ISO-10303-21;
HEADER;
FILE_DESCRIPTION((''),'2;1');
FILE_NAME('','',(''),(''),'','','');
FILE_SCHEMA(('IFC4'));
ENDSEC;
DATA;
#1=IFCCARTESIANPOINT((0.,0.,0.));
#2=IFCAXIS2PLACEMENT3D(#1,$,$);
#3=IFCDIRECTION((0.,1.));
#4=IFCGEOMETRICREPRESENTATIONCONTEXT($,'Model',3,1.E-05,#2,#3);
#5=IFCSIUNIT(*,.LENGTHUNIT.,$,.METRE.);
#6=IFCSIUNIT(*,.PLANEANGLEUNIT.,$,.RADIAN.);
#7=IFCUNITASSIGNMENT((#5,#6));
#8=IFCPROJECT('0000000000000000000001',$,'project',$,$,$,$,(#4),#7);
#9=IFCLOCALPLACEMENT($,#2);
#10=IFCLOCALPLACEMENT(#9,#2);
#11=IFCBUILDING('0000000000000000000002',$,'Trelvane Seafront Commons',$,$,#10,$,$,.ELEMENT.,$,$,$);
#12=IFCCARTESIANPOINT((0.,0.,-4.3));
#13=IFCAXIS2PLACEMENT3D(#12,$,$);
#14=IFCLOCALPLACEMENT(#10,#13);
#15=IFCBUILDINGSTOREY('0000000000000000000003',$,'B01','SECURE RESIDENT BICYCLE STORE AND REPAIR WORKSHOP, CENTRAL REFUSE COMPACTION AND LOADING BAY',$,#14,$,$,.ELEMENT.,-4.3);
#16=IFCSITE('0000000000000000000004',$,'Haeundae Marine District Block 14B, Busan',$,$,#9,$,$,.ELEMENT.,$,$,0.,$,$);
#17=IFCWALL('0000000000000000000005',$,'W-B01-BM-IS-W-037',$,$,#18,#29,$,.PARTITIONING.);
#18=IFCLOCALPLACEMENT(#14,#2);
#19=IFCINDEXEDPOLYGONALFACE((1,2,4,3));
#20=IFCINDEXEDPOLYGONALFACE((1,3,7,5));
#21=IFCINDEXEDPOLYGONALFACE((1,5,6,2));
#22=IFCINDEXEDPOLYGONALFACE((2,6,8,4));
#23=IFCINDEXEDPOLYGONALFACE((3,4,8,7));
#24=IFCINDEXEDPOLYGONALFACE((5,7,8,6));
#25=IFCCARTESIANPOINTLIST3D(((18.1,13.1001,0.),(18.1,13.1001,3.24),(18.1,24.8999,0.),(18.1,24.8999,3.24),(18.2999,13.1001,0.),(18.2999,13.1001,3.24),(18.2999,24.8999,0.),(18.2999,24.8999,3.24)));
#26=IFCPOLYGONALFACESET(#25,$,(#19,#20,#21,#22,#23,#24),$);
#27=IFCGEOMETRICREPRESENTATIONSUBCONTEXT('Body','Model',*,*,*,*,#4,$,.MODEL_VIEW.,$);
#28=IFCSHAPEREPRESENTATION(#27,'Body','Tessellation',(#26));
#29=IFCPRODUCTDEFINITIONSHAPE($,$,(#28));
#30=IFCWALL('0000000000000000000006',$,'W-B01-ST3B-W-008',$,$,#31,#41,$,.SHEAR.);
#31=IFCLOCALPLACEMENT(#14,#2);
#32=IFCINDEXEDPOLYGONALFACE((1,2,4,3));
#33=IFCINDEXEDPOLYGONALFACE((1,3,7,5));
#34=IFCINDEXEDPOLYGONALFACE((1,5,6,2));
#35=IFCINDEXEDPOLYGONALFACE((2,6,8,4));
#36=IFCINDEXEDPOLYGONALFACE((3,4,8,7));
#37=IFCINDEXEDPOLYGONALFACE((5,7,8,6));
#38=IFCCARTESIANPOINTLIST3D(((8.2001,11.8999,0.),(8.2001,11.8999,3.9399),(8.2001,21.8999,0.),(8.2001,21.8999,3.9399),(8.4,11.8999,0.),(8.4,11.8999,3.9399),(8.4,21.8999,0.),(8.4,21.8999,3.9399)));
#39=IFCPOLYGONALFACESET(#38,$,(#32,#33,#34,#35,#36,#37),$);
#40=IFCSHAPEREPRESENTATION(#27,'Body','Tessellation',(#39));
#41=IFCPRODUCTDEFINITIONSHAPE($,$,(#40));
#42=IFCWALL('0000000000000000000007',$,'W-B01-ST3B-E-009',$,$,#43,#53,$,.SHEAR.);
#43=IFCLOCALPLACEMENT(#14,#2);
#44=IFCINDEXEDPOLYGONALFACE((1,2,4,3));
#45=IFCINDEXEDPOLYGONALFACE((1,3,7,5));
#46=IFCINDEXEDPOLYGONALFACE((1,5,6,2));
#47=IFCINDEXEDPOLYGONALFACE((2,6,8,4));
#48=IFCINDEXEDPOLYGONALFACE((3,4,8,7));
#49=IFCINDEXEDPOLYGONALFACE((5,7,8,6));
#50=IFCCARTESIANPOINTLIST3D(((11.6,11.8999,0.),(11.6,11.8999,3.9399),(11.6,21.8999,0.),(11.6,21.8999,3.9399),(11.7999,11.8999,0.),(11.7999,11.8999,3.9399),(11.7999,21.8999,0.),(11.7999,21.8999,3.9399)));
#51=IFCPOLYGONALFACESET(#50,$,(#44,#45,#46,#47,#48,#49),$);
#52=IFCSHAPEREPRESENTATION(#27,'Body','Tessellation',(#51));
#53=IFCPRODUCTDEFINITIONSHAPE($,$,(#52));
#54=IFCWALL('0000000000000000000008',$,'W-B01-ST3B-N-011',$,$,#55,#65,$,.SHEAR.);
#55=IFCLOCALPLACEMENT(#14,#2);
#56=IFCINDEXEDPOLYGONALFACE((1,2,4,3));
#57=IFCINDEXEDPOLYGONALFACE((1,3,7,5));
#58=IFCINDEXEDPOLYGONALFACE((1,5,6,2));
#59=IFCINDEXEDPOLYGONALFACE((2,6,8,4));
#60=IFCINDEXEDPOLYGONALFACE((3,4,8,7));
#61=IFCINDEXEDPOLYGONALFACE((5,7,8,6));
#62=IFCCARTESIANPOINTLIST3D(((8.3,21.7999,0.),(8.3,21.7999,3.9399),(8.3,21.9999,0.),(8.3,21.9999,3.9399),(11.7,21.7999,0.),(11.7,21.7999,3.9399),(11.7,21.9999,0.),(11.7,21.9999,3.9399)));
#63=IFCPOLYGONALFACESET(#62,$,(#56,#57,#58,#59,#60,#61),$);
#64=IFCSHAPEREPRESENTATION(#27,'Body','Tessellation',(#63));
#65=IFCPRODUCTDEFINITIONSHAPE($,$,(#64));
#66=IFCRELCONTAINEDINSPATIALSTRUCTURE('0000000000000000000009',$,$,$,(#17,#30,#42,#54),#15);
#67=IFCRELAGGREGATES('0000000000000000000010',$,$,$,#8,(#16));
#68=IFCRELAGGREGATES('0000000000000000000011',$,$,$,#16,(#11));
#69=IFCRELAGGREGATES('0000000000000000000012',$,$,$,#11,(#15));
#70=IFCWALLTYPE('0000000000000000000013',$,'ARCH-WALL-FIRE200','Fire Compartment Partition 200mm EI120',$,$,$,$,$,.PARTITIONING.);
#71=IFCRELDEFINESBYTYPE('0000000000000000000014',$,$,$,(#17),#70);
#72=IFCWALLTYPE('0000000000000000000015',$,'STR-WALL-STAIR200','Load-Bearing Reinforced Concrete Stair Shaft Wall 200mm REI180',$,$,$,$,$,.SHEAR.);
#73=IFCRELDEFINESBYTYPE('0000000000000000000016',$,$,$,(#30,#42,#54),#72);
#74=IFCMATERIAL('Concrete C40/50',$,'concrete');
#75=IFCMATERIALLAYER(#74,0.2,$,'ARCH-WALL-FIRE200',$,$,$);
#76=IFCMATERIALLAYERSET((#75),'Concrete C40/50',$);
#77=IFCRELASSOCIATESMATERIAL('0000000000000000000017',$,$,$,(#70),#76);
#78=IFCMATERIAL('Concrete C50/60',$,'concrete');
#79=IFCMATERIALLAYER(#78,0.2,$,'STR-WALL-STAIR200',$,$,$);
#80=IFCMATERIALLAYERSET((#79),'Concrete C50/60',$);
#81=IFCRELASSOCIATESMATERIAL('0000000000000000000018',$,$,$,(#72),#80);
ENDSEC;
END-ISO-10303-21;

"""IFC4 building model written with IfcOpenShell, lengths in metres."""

from ifc_helpers import new_model, si_unit, direction, frame, frame_2d, origin, place, context, subcontext, project, spatial, rectangle, extrude, material, layer, layer_set, type_object, element, save


model = new_model("IFC4")

# Units and contexts
model_context = context("Model", 3, precision=1e-05, world=origin(), true_north=direction((0.0, 1.0)))
body_context = subcontext(model_context, "Body", "Model", "MODEL_VIEW")
ifc_project = project(units=[si_unit("LENGTHUNIT", "METRE"), si_unit("PLANEANGLEUNIT", "RADIAN")], contexts=[model_context])

# Site, building, storey
site_placement = place(None, origin())
site = spatial("IfcSite", under=ifc_project, at=site_placement, Name="Haeundae Marine District Block 14B, Busan", CompositionType="ELEMENT", RefElevation=0.0)
building_placement = place(site_placement, origin())
building = spatial("IfcBuilding", under=site, at=building_placement, Name="Trelvane Seafront Commons", CompositionType="ELEMENT")
storey_placement = place(building_placement, frame((0.0, 0.0, -4.3)))
storey = spatial("IfcBuildingStorey", under=building, at=storey_placement, Name="B01", Description="SECURE RESIDENT BICYCLE STORE AND REPAIR WORKSHOP, CENTRAL REFUSE COMPACTION AND LOADING BAY", CompositionType="ELEMENT", Elevation=-4.3)

# Shared definitions
ifc_material_1 = material(Name="Concrete C50/60", Category="concrete")

# Shared definitions
ifc_material_2 = material(Name="Concrete C40/50", Category="concrete")
ifc_layer_1 = layer(ifc_material_2, 0.2, Name="ARCH-WALL-FIRE200")
ifc_layer_set_1 = layer_set([ifc_layer_1], Name="Concrete C40/50")
wall_type_1 = type_object("IfcWallType", Name="ARCH-WALL-FIRE200", Description="Fire Compartment Partition 200mm EI120", PredefinedType="PARTITIONING", material=ifc_layer_set_1)

# Walls
wall_1_placement = place(storey_placement, frame((18.2, 13.1001, 0.0), z_axis=(0.0, 0.0, 1.0), x_axis=(0.0, 1.0, 0.0)))
element("IfcWall", 1, at=wall_1_placement, inside=storey, type_object=wall_type_1, Name="W-B01-BM-IS-W-037", PredefinedType="PARTITIONING", context=body_context, shape_type="SweptSolid", body=[
    extrude(rectangle(XDim=11.7998, YDim=0.2, at=frame_2d((5.8999, 0.0))), origin(), (0.0, 0.0, 1.0), 3.24),
])
ifc_layer_2 = layer(ifc_material_1, 0.2, Name="STR-WALL-STAIR200")
ifc_layer_set_2 = layer_set([ifc_layer_2], Name="Concrete C50/60")
wall_type_2 = type_object("IfcWallType", Name="STR-WALL-STAIR200", Description="Load-Bearing Reinforced Concrete Stair Shaft Wall 200mm REI180", PredefinedType="SHEAR", material=ifc_layer_set_2)
for number, where, z_axis, x_axis, name in (
    (2, (8.3, 11.8999, 0.0), (0.0, 0.0, 1.0), (0.0, 1.0, 0.0), "W-B01-ST3B-W-008"),
    (3, (11.7, 11.8999, 0.0), (0.0, 0.0, 1.0), (0.0, 1.0, 0.0), "W-B01-ST3B-E-009"),
):
    element("IfcWall", number, at=place(storey_placement, frame(where, z_axis=z_axis, x_axis=x_axis)), inside=storey, type_object=wall_type_2, Name=name, PredefinedType="SHEAR", context=body_context, shape_type="SweptSolid", body=[
        extrude(rectangle(XDim=10.0, YDim=0.2, at=frame_2d((5.0, 0.0))), origin(), (0.0, 0.0, 1.0), 3.9399),
    ])

# Wall
wall_2_placement = place(storey_placement, frame((8.3, 21.8999, 0.0), z_axis=(0.0, 0.0, 1.0), x_axis=(1.0, 0.0, 0.0)))
element("IfcWall", 4, at=wall_2_placement, inside=storey, type_object=wall_type_2, Name="W-B01-ST3B-N-011", PredefinedType="SHEAR", context=body_context, shape_type="SweptSolid", body=[
    extrude(rectangle(XDim=3.3999, YDim=0.2, at=frame_2d((1.7, 0.0))), origin(), (0.0, 0.0, 1.0), 3.9399),
])

save(model, "model.ifc")
